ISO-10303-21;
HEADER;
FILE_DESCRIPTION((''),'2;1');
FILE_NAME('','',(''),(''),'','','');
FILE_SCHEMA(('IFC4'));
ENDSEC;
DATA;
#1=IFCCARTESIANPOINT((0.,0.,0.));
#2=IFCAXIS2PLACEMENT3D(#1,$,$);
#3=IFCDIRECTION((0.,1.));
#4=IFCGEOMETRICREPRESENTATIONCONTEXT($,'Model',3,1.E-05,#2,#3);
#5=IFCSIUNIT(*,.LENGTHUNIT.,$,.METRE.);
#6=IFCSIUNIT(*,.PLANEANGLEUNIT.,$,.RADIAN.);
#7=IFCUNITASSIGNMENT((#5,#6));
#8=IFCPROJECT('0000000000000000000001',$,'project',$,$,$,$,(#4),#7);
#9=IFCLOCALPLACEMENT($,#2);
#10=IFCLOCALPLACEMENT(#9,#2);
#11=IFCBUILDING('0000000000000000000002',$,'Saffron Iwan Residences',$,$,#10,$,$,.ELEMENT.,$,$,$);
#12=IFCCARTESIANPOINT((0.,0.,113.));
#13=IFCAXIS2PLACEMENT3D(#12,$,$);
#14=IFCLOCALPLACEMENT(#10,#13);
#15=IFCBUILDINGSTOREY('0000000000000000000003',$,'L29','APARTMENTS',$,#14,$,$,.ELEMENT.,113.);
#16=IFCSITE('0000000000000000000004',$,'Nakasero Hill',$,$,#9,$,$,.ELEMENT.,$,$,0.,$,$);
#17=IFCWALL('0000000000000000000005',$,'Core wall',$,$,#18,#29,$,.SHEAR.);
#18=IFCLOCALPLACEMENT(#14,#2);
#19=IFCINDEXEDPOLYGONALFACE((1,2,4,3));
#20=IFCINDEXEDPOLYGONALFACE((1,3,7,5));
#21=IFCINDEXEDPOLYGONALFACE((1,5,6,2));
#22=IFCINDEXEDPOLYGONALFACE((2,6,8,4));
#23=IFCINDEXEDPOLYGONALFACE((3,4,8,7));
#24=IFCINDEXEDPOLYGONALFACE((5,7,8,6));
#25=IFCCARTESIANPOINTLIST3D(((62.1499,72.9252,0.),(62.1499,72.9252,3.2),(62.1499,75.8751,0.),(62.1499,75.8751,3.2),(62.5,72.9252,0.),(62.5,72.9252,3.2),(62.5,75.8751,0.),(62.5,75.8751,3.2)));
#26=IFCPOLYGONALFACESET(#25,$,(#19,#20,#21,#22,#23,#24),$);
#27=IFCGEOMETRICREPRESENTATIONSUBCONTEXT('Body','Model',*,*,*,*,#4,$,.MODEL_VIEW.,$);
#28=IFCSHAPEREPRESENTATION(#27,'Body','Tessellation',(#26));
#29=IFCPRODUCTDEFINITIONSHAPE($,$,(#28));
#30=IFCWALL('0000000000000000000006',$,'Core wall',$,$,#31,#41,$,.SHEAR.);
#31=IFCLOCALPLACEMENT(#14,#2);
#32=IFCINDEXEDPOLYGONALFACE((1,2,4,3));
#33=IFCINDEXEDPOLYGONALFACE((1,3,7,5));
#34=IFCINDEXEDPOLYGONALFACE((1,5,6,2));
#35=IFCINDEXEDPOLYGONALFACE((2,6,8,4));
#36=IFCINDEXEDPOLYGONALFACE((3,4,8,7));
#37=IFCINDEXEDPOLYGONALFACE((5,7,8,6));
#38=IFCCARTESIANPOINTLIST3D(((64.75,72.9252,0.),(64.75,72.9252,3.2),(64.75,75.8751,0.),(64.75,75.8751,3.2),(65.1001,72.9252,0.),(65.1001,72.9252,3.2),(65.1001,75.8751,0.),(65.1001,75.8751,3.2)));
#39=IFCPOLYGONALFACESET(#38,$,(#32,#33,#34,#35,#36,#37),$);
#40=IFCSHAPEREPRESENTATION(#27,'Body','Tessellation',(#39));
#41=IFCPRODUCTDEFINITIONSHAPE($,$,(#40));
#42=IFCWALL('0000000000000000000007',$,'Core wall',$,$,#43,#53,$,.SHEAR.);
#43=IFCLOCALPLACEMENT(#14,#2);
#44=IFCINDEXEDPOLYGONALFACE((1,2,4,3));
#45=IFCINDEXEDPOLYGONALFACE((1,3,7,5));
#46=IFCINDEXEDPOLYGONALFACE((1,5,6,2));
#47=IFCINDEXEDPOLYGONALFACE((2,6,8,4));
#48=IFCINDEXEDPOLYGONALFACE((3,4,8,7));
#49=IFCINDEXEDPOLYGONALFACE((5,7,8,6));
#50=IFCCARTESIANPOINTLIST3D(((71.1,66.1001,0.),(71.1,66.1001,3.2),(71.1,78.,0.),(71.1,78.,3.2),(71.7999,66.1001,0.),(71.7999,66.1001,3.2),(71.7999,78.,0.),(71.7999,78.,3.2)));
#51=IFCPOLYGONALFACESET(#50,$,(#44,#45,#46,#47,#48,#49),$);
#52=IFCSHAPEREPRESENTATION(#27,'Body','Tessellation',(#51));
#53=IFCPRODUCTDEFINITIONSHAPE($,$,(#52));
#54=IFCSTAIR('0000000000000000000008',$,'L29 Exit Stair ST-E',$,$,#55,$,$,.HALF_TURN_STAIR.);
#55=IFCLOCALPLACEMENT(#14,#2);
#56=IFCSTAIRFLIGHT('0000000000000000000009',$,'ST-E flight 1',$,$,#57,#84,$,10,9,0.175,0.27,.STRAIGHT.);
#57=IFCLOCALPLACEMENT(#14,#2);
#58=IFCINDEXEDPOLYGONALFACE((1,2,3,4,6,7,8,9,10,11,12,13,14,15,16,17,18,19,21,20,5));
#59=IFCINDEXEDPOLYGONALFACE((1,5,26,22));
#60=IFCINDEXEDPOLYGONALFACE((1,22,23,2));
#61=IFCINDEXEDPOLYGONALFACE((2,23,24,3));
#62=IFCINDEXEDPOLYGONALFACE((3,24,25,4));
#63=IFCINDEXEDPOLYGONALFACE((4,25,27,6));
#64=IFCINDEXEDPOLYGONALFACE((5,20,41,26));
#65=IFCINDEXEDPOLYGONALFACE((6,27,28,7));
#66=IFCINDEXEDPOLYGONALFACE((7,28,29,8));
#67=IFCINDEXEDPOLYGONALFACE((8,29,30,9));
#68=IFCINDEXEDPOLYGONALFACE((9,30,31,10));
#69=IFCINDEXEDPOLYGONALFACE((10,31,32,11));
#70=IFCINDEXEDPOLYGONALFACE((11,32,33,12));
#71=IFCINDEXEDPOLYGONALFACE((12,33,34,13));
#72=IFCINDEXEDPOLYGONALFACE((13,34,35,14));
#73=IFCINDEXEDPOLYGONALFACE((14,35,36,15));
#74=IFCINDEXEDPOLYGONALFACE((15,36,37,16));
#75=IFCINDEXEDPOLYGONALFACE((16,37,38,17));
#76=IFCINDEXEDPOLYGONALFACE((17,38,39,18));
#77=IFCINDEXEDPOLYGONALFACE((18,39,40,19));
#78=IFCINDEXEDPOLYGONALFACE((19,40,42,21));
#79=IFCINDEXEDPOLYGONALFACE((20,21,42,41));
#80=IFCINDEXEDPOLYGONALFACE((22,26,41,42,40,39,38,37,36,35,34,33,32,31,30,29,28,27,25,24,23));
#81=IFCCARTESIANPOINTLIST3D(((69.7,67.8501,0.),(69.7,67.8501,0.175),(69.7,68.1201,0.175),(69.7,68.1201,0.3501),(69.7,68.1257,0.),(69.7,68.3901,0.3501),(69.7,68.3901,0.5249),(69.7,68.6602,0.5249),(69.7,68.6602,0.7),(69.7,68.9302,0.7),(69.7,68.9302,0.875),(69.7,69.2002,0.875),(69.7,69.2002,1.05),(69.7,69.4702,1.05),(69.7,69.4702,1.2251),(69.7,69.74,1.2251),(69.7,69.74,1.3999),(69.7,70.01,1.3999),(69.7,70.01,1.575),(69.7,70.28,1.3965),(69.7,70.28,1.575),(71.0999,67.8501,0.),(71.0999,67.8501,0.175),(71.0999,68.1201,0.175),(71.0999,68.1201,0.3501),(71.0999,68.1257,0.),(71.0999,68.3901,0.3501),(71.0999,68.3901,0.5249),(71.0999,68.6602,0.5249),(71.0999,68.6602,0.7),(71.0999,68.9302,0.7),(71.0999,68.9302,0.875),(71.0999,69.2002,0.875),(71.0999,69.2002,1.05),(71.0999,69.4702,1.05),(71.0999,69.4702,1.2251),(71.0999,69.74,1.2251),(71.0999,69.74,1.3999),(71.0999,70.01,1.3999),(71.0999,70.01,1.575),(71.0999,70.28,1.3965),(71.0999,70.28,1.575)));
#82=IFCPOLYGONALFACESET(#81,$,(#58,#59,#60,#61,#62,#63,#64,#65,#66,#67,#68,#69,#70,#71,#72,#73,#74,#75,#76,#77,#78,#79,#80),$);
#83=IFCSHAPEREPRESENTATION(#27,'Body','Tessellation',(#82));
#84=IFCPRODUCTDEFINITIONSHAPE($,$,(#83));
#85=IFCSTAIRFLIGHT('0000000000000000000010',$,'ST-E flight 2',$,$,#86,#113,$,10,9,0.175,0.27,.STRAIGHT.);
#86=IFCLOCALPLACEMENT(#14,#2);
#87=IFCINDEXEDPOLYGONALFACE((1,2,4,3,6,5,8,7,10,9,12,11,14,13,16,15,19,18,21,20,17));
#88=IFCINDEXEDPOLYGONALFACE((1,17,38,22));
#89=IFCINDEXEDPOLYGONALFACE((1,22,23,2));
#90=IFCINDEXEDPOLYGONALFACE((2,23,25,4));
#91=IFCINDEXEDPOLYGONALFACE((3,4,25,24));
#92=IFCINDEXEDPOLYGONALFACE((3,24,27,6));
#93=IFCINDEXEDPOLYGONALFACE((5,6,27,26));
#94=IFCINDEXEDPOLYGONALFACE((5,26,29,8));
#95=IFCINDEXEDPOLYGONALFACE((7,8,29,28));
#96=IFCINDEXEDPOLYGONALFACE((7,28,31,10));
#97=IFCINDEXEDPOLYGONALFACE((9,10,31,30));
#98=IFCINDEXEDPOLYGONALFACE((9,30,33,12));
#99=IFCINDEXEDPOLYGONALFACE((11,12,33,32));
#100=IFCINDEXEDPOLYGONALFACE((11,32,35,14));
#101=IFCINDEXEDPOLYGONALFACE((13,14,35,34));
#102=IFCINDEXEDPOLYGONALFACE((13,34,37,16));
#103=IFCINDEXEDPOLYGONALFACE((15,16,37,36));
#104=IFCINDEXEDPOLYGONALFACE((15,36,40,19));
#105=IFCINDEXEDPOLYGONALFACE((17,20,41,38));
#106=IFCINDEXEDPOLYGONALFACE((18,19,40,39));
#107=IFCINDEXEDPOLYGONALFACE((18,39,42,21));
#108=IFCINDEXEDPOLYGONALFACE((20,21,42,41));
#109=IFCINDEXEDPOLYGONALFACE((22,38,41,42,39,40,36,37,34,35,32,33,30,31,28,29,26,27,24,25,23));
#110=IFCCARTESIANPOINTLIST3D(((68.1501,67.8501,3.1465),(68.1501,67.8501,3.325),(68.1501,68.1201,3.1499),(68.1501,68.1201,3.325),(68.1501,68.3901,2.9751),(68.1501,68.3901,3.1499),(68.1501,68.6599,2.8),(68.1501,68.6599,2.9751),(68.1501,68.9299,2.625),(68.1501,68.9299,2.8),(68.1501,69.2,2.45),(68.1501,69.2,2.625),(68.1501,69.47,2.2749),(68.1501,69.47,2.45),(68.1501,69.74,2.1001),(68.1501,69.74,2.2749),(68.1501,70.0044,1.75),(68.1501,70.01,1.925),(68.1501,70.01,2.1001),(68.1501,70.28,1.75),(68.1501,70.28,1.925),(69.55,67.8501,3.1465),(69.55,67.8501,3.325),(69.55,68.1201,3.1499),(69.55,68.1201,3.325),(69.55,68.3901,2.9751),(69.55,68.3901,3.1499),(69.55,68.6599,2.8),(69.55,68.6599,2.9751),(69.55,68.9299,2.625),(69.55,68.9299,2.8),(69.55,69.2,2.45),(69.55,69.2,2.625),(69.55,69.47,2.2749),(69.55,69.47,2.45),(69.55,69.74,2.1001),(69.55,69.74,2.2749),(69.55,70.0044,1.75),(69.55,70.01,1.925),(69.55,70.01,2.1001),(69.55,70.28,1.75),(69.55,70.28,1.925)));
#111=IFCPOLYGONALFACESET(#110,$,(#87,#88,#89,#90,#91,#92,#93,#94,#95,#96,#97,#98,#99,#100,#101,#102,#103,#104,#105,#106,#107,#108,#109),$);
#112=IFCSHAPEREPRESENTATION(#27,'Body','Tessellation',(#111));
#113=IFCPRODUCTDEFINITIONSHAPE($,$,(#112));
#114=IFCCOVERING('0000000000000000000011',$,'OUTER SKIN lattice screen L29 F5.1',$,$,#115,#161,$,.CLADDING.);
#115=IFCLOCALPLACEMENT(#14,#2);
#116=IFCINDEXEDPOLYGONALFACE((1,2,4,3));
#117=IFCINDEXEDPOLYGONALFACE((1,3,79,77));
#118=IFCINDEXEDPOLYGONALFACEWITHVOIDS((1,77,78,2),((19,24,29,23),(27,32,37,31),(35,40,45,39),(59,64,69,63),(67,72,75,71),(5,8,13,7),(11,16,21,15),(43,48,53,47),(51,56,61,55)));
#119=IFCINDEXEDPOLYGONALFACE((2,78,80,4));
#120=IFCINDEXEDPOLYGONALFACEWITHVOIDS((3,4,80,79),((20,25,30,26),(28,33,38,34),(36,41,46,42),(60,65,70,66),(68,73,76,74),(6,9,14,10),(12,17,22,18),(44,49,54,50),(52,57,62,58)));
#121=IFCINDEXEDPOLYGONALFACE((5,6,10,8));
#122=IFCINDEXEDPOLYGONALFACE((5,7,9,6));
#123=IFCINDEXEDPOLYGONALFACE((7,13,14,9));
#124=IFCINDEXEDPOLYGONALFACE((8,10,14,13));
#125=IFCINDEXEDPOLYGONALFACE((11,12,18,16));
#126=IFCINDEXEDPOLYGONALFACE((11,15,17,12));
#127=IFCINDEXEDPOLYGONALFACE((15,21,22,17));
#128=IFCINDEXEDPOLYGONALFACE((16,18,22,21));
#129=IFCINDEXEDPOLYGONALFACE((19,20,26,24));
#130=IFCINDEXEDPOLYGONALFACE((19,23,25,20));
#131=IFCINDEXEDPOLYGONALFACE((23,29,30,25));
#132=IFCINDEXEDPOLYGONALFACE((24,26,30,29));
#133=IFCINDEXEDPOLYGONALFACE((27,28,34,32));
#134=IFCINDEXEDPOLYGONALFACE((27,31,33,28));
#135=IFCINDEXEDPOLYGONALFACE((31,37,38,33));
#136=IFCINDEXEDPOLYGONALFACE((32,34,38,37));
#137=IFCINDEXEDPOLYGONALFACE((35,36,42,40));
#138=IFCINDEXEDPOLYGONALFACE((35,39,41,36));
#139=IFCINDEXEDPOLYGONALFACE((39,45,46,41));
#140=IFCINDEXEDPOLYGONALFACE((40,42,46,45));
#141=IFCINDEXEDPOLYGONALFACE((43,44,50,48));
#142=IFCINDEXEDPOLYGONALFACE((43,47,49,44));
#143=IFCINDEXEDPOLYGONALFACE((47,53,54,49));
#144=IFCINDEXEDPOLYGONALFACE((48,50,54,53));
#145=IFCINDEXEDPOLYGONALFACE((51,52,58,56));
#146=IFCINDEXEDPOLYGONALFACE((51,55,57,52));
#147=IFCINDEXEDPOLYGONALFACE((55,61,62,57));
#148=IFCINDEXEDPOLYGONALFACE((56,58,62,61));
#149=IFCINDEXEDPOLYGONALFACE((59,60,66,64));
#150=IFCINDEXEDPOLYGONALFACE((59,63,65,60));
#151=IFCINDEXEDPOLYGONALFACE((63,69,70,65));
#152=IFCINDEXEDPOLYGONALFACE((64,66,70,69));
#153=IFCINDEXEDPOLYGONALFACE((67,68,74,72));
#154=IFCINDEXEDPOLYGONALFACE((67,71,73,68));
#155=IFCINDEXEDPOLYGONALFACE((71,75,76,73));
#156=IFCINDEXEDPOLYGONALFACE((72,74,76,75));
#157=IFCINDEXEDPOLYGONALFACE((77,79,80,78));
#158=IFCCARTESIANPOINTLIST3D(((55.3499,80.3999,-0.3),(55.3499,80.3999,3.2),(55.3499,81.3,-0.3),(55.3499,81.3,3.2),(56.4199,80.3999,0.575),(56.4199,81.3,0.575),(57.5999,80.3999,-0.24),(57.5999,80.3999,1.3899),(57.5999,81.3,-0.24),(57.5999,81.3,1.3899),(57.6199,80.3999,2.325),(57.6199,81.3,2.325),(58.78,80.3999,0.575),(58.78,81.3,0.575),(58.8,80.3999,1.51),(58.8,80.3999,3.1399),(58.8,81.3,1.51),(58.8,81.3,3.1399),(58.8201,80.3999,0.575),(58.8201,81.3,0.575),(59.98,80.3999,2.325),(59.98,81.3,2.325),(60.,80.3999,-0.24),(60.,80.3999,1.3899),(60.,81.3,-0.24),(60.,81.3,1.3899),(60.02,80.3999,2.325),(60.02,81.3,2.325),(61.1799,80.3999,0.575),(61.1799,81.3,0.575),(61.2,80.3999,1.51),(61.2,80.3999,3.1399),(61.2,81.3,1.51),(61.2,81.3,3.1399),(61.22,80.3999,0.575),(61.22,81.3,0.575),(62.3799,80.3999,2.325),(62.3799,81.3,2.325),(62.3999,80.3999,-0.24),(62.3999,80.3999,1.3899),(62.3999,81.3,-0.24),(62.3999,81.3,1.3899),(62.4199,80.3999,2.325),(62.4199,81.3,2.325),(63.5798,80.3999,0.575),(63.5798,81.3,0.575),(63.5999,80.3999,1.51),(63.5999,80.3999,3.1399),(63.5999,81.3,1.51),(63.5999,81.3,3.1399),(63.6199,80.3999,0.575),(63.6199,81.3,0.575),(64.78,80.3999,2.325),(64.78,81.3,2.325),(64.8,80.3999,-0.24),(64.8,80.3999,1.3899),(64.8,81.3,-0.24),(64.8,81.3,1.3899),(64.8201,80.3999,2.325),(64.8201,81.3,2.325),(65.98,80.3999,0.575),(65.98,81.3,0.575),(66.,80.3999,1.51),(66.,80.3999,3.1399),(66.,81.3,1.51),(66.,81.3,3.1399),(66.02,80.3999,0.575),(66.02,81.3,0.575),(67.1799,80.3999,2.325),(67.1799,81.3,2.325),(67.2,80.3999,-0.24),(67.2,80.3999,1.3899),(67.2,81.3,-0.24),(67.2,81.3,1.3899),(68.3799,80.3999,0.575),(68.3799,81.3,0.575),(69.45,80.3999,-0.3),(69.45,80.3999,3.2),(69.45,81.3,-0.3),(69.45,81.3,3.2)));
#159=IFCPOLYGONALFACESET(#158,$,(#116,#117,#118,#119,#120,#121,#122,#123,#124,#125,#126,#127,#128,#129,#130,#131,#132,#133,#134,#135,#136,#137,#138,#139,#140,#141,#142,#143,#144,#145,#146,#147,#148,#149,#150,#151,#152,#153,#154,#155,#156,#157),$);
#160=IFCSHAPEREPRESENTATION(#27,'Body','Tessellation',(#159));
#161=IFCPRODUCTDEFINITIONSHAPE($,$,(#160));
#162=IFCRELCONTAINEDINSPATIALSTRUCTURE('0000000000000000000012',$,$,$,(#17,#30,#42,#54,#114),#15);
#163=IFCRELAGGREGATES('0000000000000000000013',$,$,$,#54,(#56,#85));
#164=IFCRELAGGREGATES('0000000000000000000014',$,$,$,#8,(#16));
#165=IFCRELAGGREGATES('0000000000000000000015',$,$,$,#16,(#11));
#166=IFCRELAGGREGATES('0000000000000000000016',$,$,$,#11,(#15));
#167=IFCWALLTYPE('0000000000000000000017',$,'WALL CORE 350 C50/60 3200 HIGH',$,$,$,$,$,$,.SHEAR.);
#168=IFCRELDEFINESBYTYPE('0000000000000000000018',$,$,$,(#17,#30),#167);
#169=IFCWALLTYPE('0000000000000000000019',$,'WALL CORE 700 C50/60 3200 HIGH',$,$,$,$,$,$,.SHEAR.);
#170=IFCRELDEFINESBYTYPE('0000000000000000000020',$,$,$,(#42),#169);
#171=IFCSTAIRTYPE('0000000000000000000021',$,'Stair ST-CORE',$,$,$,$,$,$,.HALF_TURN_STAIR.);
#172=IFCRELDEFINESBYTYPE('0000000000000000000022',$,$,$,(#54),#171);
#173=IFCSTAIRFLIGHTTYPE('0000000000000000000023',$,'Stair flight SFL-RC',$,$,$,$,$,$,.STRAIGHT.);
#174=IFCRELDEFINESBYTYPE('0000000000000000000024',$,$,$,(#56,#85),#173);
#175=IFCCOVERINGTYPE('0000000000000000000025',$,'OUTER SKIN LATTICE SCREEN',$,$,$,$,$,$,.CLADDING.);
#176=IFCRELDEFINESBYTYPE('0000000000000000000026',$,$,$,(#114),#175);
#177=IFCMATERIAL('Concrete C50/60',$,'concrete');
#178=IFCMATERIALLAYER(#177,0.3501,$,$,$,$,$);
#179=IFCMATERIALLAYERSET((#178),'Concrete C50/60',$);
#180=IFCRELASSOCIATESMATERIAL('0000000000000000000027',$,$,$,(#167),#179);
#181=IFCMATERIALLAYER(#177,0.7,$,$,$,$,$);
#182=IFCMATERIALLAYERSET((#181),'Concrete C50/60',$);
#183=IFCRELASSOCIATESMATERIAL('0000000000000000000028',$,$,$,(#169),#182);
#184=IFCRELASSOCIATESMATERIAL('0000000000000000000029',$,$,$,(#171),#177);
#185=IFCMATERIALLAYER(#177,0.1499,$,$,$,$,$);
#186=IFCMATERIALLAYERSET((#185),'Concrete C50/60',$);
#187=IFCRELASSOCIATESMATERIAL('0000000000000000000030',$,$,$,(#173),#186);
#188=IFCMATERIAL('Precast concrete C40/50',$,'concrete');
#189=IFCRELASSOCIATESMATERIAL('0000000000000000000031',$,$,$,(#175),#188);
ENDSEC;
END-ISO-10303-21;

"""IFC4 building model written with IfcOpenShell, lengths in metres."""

from ifc_helpers import new_model, si_unit, direction, frame, frame_2d, origin, place, context, subcontext, project, spatial, polyline, rectangle, outline, extrude, material, layer, layer_set, type_object, element, aggregate, save


model = new_model("IFC4")

# Units and contexts
model_context = context("Model", 3, precision=1e-05, world=origin(), true_north=direction((0.0, 1.0)))
body_context = subcontext(model_context, "Body", "Model", "MODEL_VIEW")
ifc_project = project(units=[si_unit("LENGTHUNIT", "METRE"), si_unit("PLANEANGLEUNIT", "RADIAN")], contexts=[model_context])

# Site, building, storey
site_placement = place(None, origin())
site = spatial("IfcSite", under=ifc_project, at=site_placement, Name="Nakasero Hill", CompositionType="ELEMENT", RefElevation=0.0)
building_placement = place(site_placement, origin())
building = spatial("IfcBuilding", under=site, at=building_placement, Name="Saffron Iwan Residences", CompositionType="ELEMENT")
storey_placement = place(building_placement, frame((0.0, 0.0, 113.0)))
storey = spatial("IfcBuildingStorey", under=building, at=storey_placement, Name="L29", Description="APARTMENTS", CompositionType="ELEMENT", Elevation=113.0)

# Shared definitions
ifc_material_1 = material(Name="Concrete C50/60", Category="concrete")

# Shared definitions
ifc_layer_1 = layer(ifc_material_1, 0.3501)
ifc_layer_set_1 = layer_set([ifc_layer_1], Name="Concrete C50/60")
wall_type_1 = type_object("IfcWallType", Name="WALL CORE 350 C50/60 3200 HIGH", PredefinedType="SHEAR", material=ifc_layer_set_1)

# Walls
for number, where, z_axis, x_axis, name in (
    (1, (62.325, 72.925, 0.0), (0.0, 0.0, 1.0), (0.0, 1.0, 0.0), "Core wall"),
    (2, (64.925, 72.925, 0.0), (0.0, 0.0, 1.0), (0.0, 1.0, 0.0), "Core wall"),
):
    element("IfcWall", number, at=place(storey_placement, frame(where, z_axis=z_axis, x_axis=x_axis)), inside=storey, type_object=wall_type_1, Name=name, PredefinedType="SHEAR", context=body_context, shape_type="SweptSolid", body=[
        extrude(rectangle(XDim=2.95, YDim=0.3501, at=frame_2d((1.4751, 0.0))), origin(), (0.0, 0.0, 1.0), 3.2),
    ])
ifc_layer_2 = layer(ifc_material_1, 0.7)
ifc_layer_set_2 = layer_set([ifc_layer_2], Name="Concrete C50/60")
wall_type_2 = type_object("IfcWallType", Name="WALL CORE 700 C50/60 3200 HIGH", PredefinedType="SHEAR", material=ifc_layer_set_2)
wall_1_placement = place(storey_placement, frame((71.45, 66.1001, 0.0), z_axis=(0.0, 0.0, 1.0), x_axis=(0.0, 1.0, 0.0)))
element("IfcWall", 3, at=wall_1_placement, inside=storey, type_object=wall_type_2, Name="Core wall", PredefinedType="SHEAR", context=body_context, shape_type="SweptSolid", body=[
    extrude(rectangle(XDim=11.8999, YDim=0.7, at=frame_2d((5.95, 0.0))), origin(), (0.0, 0.0, 1.0), 3.2),
])

# Stair, stair flights
stair_type = type_object("IfcStairType", Name="Stair ST-CORE", PredefinedType="HALF_TURN_STAIR", material=ifc_material_1)
stair_placement = place(storey_placement, origin())
stair = element("IfcStair", 4, at=stair_placement, inside=storey, type_object=stair_type, Name="L29 Exit Stair ST-E", PredefinedType="HALF_TURN_STAIR")
ifc_layer_3 = layer(ifc_material_1, 0.1499)
ifc_layer_set_3 = layer_set([ifc_layer_3], Name="Concrete C50/60")
stair_flight_type = type_object("IfcStairFlightType", Name="Stair flight SFL-RC", PredefinedType="STRAIGHT", material=ifc_layer_set_3)
stair_flight_1_placement = place(storey_placement, frame((70.3999, 67.8501, 0.0), z_axis=(0.0, 0.0, 1.0), x_axis=(0.0, 1.0, 0.0)))
stair_flight_1 = element("IfcStairFlight", 5, at=stair_flight_1_placement, type_object=stair_flight_type, Name="ST-E flight 1", NumberOfRisers=10, NumberOfTreads=9, PredefinedType="STRAIGHT", RiserHeight=0.175, TreadLength=0.27, context=body_context, shape_type="SweptSolid", body=[
    extrude(outline(polyline([(0.0, 0.0), (0.0, 0.175), (0.27, 0.175), (0.27, 0.3501), (0.54, 0.3501), (0.54, 0.5249), (0.8101, 0.5249), (0.8101, 0.7), (1.0801, 0.7), (1.0801, 0.875), (1.3501, 0.875), (1.3501, 1.05), (1.6201, 1.05), (1.6201, 1.2251), (1.8899, 1.2251), (1.8899, 1.3999), (2.1599, 1.3999), (2.1599, 1.575), (2.4299, 1.575), (2.4299, 1.75), (2.4299, 1.3965), (0.2756, 0.0), (0.0, 0.0)])), frame((0.0, 0.7, 0.0), z_axis=(0.0, -1.0, 0.0), x_axis=(1.0, 0.0, 0.0)), (0.0, 0.0, 1.0), 1.3999),
])
stair_flight_2_placement = place(storey_placement, frame((68.8501, 70.28, 1.75), z_axis=(0.0, 0.0, 1.0), x_axis=(0.0, -1.0, 0.0)))
stair_flight_2 = element("IfcStairFlight", 6, at=stair_flight_2_placement, type_object=stair_flight_type, Name="ST-E flight 2", NumberOfRisers=10, NumberOfTreads=9, PredefinedType="STRAIGHT", RiserHeight=0.175, TreadLength=0.27, context=body_context, shape_type="SweptSolid", body=[
    extrude(outline(polyline([(0.0, 0.0), (0.0, 0.175), (0.27, 0.175), (0.27, 0.3501), (0.54, 0.3501), (0.54, 0.5249), (0.8101, 0.5249), (0.8101, 0.7), (1.0801, 0.7), (1.0801, 0.875), (1.3501, 0.875), (1.3501, 1.05), (1.6201, 1.05), (1.6201, 1.2251), (1.8899, 1.2251), (1.8899, 1.3999), (2.1599, 1.3999), (2.1599, 1.575), (2.4299, 1.575), (2.4299, 1.75), (2.4299, 1.3965), (0.2756, 0.0), (0.0, 0.0)])), frame((0.0, 0.7, 0.0), z_axis=(0.0, -1.0, 0.0), x_axis=(1.0, 0.0, 0.0)), (0.0, 0.0, 1.0), 1.3999),
])
aggregate(stair, [stair_flight_1, stair_flight_2])

# Covering
ifc_material_2 = material(Name="Precast concrete C40/50", Category="concrete")
covering_type = type_object("IfcCoveringType", Name="OUTER SKIN LATTICE SCREEN", PredefinedType="CLADDING", material=ifc_material_2)
covering_placement = place(storey_placement, frame((69.45, 80.3999, -0.3), z_axis=(0.0, 1.0, 0.0), x_axis=(-1.0, 0.0, 0.0)))
element("IfcCovering", 7, at=covering_placement, inside=storey, type_object=covering_type, Name="OUTER SKIN lattice screen L29 F5.1", PredefinedType="CLADDING", context=body_context, shape_type="SweptSolid", body=[
    extrude(outline(polyline([(0.0, 0.0), (14.1001, 0.0), (14.1001, 3.5), (0.0, 3.5), (0.0, 0.0)]), holes=[polyline([(1.0701, 0.875), (2.25, 0.0601), (3.4299, 0.875), (2.25, 1.6899), (1.0701, 0.875)]), polyline([(3.47, 0.875), (4.6499, 0.0601), (5.8301, 0.875), (4.6499, 1.6899), (3.47, 0.875)]), polyline([(5.8701, 0.875), (7.05, 0.0601), (8.23, 0.875), (7.05, 1.6899), (5.8701, 0.875)]), polyline([(8.27, 0.875), (9.45, 0.0601), (10.6299, 0.875), (9.45, 1.6899), (8.27, 0.875)]), polyline([(10.6699, 0.875), (11.8501, 0.0601), (13.03, 0.875), (11.8501, 1.6899), (10.6699, 0.875)]), polyline([(2.27, 2.625), (3.45, 1.8101), (4.6299, 2.625), (3.45, 3.4399), (2.27, 2.625)]), polyline([(4.6699, 2.625), (5.8501, 1.8101), (7.03, 2.625), (5.8501, 3.4399), (4.6699, 2.625)]), polyline([(7.0701, 2.625), (8.25, 1.8101), (9.4299, 2.625), (8.25, 3.4399), (7.0701, 2.625)]), polyline([(9.47, 2.625), (10.6499, 1.8101), (11.8301, 2.625), (10.6499, 3.4399), (9.47, 2.625)])]), origin(), (0.0, 0.0, 1.0), 0.9001),
])

save(model, "model.ifc")
